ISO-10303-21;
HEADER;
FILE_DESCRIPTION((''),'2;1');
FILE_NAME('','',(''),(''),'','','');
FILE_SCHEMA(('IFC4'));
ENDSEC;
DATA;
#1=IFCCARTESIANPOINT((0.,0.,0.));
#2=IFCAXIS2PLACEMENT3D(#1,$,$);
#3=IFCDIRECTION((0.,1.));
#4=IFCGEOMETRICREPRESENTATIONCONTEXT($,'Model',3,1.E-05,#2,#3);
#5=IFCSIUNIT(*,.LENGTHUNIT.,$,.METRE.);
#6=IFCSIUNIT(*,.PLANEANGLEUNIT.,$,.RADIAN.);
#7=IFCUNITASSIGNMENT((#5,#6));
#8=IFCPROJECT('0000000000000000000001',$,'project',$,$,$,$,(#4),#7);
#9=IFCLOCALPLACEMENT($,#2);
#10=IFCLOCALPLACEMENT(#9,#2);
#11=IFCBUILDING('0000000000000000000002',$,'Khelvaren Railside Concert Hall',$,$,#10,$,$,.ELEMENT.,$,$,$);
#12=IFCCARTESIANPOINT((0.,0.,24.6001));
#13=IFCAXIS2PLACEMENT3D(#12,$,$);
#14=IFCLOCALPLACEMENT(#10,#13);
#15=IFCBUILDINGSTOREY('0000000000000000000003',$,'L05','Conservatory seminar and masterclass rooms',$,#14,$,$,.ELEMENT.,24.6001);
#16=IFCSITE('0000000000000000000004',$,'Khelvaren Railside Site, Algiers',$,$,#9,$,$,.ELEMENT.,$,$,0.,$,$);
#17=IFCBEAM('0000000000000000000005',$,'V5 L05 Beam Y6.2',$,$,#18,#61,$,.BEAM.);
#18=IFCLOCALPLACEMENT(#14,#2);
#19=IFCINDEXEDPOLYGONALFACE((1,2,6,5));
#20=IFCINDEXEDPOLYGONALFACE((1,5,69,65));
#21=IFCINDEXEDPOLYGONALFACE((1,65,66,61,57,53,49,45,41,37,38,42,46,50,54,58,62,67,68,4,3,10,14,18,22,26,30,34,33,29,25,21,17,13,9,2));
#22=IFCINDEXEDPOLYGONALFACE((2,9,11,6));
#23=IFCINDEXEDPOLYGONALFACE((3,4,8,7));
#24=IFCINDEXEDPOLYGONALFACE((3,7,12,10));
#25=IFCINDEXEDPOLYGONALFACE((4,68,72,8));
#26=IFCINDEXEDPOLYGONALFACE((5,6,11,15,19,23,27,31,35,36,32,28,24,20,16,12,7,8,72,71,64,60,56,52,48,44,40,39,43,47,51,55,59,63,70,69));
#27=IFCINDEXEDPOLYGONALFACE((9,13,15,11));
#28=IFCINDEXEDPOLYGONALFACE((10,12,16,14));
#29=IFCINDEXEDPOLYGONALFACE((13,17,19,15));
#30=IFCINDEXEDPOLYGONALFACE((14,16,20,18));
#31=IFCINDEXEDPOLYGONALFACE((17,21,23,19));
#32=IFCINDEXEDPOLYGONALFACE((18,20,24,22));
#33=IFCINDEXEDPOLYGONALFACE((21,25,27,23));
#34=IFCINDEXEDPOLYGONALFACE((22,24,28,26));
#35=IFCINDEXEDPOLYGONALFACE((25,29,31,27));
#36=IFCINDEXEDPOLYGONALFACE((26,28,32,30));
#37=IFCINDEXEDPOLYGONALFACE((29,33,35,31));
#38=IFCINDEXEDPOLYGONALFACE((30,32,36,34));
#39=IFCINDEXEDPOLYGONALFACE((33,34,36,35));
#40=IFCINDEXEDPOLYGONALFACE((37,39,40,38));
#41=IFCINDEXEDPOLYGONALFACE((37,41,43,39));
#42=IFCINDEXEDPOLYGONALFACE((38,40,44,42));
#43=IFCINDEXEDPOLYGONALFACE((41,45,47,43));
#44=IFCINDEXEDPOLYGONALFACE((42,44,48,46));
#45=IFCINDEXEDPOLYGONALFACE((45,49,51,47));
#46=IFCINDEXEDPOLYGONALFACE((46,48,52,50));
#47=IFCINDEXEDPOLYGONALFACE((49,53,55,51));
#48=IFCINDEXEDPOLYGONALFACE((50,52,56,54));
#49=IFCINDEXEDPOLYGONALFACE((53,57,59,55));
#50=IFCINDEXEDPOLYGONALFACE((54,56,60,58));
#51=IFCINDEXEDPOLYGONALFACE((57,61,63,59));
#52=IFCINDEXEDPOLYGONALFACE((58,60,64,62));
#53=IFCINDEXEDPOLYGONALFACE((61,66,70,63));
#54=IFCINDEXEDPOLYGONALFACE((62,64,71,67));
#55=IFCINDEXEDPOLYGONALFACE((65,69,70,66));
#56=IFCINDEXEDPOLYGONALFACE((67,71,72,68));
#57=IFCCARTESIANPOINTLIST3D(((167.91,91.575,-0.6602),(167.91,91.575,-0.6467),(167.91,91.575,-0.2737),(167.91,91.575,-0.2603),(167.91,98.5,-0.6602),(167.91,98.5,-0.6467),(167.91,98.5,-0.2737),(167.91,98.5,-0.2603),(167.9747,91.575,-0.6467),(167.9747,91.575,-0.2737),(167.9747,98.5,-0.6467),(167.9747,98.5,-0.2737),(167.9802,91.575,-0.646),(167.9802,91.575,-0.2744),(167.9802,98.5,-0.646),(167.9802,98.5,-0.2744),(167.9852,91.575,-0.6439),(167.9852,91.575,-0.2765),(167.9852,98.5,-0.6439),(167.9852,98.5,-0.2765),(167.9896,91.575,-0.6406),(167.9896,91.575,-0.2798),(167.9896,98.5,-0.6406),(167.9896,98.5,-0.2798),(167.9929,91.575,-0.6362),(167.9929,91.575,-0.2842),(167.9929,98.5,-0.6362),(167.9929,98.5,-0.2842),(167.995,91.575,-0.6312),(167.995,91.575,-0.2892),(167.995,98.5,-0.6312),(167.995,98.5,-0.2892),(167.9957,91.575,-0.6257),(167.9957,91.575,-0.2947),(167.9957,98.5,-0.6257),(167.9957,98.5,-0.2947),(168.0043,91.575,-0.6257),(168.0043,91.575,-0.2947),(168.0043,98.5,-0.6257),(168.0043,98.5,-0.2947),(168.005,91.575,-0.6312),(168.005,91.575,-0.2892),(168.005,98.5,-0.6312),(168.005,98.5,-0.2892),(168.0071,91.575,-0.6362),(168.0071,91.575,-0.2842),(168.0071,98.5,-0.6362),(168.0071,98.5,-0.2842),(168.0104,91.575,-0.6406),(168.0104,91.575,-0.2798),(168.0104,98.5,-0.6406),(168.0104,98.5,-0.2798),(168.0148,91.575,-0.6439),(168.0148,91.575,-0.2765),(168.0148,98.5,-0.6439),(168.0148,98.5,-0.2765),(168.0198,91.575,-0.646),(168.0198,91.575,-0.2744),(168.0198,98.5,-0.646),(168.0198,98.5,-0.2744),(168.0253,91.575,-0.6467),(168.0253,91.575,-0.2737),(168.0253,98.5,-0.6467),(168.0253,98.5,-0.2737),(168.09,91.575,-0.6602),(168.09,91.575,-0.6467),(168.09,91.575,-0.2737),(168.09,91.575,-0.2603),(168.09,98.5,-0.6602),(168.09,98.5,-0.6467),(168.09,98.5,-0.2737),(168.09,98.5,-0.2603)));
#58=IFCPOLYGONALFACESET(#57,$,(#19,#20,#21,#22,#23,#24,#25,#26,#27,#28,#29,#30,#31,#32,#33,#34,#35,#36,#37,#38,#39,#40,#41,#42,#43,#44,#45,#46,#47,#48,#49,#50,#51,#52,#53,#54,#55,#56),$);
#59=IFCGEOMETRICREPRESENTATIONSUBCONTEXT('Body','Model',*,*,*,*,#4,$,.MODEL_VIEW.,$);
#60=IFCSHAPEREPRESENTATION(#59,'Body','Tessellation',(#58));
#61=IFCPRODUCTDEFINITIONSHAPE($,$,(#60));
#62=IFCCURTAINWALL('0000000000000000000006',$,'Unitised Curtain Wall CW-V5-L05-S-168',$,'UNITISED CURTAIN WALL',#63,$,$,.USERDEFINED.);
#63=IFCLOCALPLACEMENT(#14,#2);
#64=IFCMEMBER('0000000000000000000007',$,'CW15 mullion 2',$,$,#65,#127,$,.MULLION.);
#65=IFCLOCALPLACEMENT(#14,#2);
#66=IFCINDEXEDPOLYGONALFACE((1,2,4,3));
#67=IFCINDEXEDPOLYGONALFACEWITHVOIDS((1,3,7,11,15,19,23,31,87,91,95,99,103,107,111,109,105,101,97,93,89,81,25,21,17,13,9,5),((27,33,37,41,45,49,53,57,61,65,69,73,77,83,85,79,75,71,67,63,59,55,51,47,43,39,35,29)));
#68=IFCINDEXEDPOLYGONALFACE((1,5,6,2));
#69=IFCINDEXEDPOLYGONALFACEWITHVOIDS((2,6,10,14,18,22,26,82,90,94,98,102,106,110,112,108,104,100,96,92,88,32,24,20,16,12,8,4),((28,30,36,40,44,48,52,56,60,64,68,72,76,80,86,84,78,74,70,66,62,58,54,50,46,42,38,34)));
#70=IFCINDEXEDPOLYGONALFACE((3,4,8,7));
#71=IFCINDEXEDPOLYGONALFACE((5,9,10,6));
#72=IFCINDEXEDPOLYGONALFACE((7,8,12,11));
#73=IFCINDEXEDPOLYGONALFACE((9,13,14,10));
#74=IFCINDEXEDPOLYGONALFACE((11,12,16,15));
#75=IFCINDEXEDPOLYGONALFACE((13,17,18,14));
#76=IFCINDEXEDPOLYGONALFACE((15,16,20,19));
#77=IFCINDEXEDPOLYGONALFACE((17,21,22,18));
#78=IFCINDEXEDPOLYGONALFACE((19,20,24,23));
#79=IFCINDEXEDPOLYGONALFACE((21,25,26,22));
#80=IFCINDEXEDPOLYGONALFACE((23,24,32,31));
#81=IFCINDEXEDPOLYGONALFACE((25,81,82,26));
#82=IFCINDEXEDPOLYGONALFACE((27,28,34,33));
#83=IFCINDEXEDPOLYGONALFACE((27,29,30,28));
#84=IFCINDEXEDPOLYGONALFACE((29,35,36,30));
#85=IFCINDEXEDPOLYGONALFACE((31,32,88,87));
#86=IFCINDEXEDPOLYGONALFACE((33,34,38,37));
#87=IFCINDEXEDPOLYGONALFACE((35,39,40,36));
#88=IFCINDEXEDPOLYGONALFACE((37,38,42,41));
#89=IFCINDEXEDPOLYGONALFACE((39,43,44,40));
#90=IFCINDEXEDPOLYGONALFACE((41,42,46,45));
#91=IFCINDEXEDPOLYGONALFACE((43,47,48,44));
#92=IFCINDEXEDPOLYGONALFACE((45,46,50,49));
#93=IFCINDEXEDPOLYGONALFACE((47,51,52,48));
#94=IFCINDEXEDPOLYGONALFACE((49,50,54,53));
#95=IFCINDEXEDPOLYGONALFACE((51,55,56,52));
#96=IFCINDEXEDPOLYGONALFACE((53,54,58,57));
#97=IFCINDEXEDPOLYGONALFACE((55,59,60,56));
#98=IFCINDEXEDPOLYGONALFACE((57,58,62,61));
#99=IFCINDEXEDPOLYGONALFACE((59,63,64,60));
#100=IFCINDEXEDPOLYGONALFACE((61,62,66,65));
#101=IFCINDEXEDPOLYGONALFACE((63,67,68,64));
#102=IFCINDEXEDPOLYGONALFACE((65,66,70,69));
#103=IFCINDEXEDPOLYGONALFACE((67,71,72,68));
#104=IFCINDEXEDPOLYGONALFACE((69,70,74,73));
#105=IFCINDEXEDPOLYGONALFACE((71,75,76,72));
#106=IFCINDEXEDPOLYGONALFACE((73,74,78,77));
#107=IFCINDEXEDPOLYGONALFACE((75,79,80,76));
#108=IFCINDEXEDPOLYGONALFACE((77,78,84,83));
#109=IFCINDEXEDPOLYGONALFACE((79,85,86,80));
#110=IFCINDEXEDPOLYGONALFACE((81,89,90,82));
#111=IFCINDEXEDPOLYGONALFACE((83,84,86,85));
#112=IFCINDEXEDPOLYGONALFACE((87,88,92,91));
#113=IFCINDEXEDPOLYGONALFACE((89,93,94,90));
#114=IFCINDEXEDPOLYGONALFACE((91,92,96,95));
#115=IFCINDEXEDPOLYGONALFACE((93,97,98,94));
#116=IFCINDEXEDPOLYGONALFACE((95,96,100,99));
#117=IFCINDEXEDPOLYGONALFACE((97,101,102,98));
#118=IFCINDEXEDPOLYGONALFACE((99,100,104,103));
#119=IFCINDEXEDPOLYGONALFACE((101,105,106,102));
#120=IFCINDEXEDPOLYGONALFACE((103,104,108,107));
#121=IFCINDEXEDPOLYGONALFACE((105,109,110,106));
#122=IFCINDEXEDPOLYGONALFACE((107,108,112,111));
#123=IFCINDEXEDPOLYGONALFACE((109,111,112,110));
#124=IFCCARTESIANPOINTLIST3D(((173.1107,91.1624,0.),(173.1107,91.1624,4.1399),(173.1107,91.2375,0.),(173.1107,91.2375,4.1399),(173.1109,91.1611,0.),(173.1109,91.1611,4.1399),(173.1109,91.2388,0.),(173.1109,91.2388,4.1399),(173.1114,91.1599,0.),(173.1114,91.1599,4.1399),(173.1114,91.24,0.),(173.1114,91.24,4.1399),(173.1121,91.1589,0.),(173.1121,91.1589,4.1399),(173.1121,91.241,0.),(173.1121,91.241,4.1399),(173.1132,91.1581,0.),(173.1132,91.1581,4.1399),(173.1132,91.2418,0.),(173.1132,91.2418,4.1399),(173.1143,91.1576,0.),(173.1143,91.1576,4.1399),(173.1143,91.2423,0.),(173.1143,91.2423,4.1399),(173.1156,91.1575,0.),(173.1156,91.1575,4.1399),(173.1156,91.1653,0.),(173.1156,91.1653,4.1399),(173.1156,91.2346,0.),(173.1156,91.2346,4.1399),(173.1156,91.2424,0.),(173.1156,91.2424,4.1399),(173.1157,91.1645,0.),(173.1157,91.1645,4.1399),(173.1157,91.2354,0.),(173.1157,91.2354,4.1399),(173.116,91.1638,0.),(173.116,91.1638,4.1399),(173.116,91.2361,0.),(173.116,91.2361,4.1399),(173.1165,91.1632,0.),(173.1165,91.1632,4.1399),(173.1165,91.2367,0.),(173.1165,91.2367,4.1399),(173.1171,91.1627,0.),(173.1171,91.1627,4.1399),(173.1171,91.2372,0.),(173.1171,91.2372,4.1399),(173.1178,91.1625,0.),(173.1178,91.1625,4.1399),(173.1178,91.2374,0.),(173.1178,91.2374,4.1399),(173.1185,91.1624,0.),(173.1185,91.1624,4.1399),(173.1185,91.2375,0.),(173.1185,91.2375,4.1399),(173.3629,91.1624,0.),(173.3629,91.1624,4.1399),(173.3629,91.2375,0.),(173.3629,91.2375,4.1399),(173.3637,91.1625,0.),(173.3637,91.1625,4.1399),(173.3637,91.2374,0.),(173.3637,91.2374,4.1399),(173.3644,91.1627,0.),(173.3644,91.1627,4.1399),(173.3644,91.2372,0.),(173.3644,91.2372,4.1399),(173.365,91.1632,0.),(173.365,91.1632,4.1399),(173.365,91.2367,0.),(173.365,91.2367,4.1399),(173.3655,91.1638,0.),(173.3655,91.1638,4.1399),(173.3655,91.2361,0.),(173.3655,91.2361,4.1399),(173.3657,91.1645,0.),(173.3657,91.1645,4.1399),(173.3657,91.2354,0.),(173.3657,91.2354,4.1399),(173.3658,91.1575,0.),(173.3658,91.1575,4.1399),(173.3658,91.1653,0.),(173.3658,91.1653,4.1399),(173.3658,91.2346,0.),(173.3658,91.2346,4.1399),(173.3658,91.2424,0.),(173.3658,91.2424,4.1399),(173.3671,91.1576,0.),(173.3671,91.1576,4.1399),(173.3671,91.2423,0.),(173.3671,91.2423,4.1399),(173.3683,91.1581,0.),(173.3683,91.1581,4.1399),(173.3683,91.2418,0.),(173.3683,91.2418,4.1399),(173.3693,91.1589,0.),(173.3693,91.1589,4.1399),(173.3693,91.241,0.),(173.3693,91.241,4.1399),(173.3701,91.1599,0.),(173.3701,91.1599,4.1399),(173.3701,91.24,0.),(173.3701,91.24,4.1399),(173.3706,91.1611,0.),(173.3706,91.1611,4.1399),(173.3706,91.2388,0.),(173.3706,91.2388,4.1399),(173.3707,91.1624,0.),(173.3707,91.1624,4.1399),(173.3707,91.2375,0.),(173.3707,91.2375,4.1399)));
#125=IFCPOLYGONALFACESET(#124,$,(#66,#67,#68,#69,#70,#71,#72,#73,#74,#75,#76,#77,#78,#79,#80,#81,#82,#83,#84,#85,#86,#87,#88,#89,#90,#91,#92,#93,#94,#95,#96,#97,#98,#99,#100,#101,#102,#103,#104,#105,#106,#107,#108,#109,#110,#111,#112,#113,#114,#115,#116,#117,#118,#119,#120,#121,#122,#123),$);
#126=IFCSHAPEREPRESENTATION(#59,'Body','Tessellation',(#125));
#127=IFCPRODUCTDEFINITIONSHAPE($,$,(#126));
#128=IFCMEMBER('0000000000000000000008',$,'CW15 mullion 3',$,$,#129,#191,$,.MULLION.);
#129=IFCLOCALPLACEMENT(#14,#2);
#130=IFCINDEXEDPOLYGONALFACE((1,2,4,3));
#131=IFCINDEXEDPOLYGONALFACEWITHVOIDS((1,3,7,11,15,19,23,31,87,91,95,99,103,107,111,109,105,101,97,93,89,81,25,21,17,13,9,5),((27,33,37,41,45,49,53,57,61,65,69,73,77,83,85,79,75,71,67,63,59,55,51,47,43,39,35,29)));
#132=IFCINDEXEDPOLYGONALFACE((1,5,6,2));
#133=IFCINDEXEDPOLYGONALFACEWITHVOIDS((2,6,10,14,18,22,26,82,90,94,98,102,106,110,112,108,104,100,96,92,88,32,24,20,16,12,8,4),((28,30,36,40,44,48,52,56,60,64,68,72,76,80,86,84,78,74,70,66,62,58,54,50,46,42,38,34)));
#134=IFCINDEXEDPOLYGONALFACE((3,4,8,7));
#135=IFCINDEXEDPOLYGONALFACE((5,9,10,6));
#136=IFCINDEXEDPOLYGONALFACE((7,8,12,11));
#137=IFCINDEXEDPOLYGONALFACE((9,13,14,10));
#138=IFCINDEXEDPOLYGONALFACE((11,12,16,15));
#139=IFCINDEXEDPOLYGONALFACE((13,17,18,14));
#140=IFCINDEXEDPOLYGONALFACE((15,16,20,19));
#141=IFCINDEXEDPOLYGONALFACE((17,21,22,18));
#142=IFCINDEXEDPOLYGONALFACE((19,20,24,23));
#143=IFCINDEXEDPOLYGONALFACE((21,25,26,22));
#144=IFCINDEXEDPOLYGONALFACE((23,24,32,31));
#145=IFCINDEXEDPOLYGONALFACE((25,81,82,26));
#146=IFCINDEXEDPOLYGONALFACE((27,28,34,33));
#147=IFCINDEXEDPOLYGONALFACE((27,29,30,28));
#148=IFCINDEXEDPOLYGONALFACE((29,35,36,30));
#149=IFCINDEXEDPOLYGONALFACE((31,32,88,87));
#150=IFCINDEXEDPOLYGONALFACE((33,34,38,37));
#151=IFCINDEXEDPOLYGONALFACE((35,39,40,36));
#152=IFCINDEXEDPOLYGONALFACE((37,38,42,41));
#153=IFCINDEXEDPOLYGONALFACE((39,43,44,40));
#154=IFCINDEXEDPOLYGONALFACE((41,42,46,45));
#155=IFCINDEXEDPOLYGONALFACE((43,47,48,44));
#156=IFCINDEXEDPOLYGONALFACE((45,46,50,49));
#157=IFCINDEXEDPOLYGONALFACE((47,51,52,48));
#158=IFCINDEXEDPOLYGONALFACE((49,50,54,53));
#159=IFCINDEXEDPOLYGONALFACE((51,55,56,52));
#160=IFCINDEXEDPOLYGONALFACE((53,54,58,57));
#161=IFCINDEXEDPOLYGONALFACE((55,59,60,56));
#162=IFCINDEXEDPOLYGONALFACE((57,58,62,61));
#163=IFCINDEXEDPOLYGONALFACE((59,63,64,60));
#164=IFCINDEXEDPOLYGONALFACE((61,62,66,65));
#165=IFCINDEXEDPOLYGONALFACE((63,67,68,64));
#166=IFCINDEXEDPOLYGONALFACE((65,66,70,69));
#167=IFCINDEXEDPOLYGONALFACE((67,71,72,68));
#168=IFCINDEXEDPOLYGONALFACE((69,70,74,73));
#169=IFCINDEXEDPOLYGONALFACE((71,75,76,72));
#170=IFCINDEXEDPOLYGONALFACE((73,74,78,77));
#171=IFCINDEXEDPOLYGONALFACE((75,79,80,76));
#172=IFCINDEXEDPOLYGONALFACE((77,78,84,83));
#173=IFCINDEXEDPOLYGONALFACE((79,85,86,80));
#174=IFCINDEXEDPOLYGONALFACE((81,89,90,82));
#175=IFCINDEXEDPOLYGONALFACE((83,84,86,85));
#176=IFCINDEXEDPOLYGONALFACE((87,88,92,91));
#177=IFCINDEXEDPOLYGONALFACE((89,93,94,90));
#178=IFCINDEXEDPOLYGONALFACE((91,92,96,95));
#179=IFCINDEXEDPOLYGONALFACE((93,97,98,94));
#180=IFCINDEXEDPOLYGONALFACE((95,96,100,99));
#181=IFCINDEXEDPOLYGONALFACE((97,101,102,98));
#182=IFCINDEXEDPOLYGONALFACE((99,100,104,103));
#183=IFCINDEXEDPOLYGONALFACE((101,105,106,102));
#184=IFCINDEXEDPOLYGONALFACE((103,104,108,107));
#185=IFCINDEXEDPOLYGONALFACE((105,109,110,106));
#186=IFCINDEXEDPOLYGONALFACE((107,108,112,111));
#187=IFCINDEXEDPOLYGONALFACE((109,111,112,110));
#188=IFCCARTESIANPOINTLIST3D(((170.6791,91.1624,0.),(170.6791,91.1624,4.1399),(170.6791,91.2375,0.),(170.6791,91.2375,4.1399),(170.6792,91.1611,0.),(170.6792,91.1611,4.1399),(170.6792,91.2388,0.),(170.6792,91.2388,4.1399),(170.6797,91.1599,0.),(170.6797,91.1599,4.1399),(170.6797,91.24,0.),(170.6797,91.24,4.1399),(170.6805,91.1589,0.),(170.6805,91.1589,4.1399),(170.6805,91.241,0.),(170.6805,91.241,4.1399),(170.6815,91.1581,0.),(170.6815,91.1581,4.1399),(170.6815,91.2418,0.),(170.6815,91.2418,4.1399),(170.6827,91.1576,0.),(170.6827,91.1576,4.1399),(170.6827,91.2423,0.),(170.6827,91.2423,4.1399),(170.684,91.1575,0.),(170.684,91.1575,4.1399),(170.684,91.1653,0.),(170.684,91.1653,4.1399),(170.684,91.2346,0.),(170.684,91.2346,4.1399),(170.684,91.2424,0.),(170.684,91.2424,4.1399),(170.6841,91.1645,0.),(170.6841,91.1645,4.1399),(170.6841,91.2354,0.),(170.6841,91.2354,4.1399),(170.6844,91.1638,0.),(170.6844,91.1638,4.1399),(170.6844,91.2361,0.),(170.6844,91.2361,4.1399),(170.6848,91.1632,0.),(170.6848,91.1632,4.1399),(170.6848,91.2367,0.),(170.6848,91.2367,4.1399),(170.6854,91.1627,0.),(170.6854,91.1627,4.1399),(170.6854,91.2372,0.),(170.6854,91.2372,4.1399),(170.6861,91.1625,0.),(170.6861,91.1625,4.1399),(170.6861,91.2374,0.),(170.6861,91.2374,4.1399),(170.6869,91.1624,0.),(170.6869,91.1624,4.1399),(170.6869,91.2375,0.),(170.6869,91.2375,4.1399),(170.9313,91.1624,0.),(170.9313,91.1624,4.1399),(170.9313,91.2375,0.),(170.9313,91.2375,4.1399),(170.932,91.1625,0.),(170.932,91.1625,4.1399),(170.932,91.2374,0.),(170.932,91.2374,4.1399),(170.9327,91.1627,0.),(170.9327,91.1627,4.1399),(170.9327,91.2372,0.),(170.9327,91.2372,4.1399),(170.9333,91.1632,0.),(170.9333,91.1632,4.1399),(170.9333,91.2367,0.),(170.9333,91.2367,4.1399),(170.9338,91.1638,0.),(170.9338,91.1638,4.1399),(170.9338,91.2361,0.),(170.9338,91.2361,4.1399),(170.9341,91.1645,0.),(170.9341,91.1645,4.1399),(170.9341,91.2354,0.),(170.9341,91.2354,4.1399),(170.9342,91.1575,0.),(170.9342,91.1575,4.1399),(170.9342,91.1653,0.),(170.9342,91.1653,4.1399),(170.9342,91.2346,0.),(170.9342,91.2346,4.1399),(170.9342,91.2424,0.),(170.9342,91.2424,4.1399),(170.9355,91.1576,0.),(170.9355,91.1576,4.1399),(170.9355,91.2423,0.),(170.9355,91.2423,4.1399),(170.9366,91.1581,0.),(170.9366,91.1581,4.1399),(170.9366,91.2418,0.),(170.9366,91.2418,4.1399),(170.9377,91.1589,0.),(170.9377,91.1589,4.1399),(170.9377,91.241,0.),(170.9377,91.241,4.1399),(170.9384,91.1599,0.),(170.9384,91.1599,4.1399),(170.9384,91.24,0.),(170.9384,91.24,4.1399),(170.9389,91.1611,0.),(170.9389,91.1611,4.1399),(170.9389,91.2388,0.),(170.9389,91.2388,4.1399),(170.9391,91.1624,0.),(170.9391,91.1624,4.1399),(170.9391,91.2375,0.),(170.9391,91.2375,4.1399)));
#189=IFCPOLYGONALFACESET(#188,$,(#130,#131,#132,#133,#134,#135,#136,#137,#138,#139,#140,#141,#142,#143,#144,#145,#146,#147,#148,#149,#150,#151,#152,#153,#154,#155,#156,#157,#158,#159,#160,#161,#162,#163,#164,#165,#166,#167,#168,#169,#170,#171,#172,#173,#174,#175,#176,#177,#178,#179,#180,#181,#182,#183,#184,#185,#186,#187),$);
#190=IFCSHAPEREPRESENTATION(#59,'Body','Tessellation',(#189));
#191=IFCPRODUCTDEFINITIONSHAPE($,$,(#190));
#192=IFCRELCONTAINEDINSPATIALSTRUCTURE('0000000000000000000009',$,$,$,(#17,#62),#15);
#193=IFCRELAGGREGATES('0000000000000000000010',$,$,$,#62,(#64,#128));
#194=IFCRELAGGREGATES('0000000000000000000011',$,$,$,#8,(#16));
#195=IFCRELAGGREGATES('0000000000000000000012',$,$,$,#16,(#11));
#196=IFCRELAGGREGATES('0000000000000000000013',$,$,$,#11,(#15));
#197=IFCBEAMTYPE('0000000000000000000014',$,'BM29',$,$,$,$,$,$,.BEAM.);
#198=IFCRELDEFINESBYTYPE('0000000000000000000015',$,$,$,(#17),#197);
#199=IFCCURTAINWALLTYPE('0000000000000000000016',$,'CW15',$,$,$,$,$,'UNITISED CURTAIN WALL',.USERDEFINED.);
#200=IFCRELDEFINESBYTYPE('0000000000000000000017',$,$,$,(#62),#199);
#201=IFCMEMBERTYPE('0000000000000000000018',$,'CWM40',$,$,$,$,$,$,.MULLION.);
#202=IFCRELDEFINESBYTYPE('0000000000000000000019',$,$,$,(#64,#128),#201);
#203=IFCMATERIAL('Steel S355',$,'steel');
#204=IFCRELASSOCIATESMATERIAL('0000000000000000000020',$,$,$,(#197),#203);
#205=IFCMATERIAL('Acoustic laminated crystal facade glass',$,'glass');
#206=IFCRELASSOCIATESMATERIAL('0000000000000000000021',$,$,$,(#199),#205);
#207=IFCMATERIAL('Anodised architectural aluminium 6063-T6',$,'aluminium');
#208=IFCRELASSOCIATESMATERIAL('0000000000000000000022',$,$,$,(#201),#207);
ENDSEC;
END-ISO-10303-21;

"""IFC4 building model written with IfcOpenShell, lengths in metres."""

from ifc_helpers import new_model, si_unit, direction, frame, origin, origin_2d, place, context, subcontext, project, spatial, hollow_rectangle, i_section, extrude, material, material_profile, profile_set, type_object, element, aggregate, save


model = new_model("IFC4")

# Units and contexts
model_context = context("Model", 3, precision=1e-05, world=origin(), true_north=direction((0.0, 1.0)))
body_context = subcontext(model_context, "Body", "Model", "MODEL_VIEW")
ifc_project = project(units=[si_unit("LENGTHUNIT", "METRE"), si_unit("PLANEANGLEUNIT", "RADIAN")], contexts=[model_context])

# Site, building, storey
site_placement = place(None, origin())
site = spatial("IfcSite", under=ifc_project, at=site_placement, Name="Khelvaren Railside Site, Algiers", CompositionType="ELEMENT", RefElevation=0.0)
building_placement = place(site_placement, origin())
building = spatial("IfcBuilding", under=site, at=building_placement, Name="Khelvaren Railside Concert Hall", CompositionType="ELEMENT")
storey_placement = place(building_placement, frame((0.0, 0.0, 24.6001)))
storey = spatial("IfcBuildingStorey", under=building, at=storey_placement, Name="L05", Description="Conservatory seminar and masterclass rooms", CompositionType="ELEMENT", Elevation=24.6001)

# Beam
ifc_material_1 = material(Name="Steel S355", Category="steel")
ifc_material_profile_1 = material_profile(ifc_material_1, i_section(OverallWidth=0.1799, OverallDepth=0.3999, WebThickness=0.0085, FlangeThickness=0.0134, FilletRadius=0.021, at=origin_2d()), Name="IPE 400")
ifc_profile_set_1 = profile_set([ifc_material_profile_1], Name="Steel S355")
beam_type_1 = type_object("IfcBeamType", Name="BM29", PredefinedType="BEAM", material=ifc_profile_set_1)
beam_1_placement = place(storey_placement, frame((168.0, 91.575, -0.4602), z_axis=(0.0, 1.0, 0.0), x_axis=(-1.0, 0.0, 0.0)))
element("IfcBeam", 1, at=beam_1_placement, inside=storey, type_object=beam_type_1, Name="V5 L05 Beam Y6.2", PredefinedType="BEAM", context=body_context, shape_type="SweptSolid", body=[
    extrude(i_section(OverallWidth=0.1799, OverallDepth=0.3999, WebThickness=0.0085, FlangeThickness=0.0134, FilletRadius=0.021, at=origin_2d()), origin(), (0.0, 0.0, 1.0), 6.925),
])

# Curtain wall, members
ifc_material_2 = material(Name="Acoustic laminated crystal facade glass", Category="glass")
curtain_wall_type = type_object("IfcCurtainWallType", Name="CW15", ElementType="UNITISED CURTAIN WALL", PredefinedType="USERDEFINED", material=ifc_material_2)
curtain_wall_placement = place(storey_placement, origin())
curtain_wall = element("IfcCurtainWall", 2, at=curtain_wall_placement, inside=storey, type_object=curtain_wall_type, Name="Unitised Curtain Wall CW-V5-L05-S-168", ObjectType="UNITISED CURTAIN WALL", PredefinedType="USERDEFINED")
ifc_material_3 = material(Name="Anodised architectural aluminium 6063-T6", Category="aluminium")
ifc_material_profile_2 = material_profile(ifc_material_3, hollow_rectangle(XDim=0.085, YDim=0.26, WallThickness=0.0049, InnerFilletRadius=0.0029, OuterFilletRadius=0.0049, at=origin_2d()), Name="CWM 85x260x5")
ifc_profile_set_2 = profile_set([ifc_material_profile_2], Name="Anodised architectural aluminium 6063-T6")
member_type_1 = type_object("IfcMemberType", Name="CWM40", PredefinedType="MULLION", material=ifc_profile_set_2)
member_1_placement = place(storey_placement, frame((173.2407, 91.2, 0.0), z_axis=(0.0, 0.0, 1.0), x_axis=(0.0, -1.0, 0.0)))
member_1 = element("IfcMember", 3, at=member_1_placement, type_object=member_type_1, Name="CW15 mullion 2", PredefinedType="MULLION", context=body_context, shape_type="SweptSolid", body=[
    extrude(hollow_rectangle(XDim=0.085, YDim=0.26, WallThickness=0.0049, InnerFilletRadius=0.0029, OuterFilletRadius=0.0049, at=origin_2d()), origin(), (0.0, 0.0, 1.0), 4.1399),
])
member_2_placement = place(storey_placement, frame((170.8091, 91.2, 0.0), z_axis=(0.0, 0.0, 1.0), x_axis=(0.0, -1.0, 0.0)))
member_2 = element("IfcMember", 4, at=member_2_placement, type_object=member_type_1, Name="CW15 mullion 3", PredefinedType="MULLION", context=body_context, shape_type="SweptSolid", body=[
    extrude(hollow_rectangle(XDim=0.085, YDim=0.26, WallThickness=0.0049, InnerFilletRadius=0.0029, OuterFilletRadius=0.0049, at=origin_2d()), origin(), (0.0, 0.0, 1.0), 4.1399),
])

aggregate(curtain_wall, [member_1, member_2])

save(model, "model.ifc")
